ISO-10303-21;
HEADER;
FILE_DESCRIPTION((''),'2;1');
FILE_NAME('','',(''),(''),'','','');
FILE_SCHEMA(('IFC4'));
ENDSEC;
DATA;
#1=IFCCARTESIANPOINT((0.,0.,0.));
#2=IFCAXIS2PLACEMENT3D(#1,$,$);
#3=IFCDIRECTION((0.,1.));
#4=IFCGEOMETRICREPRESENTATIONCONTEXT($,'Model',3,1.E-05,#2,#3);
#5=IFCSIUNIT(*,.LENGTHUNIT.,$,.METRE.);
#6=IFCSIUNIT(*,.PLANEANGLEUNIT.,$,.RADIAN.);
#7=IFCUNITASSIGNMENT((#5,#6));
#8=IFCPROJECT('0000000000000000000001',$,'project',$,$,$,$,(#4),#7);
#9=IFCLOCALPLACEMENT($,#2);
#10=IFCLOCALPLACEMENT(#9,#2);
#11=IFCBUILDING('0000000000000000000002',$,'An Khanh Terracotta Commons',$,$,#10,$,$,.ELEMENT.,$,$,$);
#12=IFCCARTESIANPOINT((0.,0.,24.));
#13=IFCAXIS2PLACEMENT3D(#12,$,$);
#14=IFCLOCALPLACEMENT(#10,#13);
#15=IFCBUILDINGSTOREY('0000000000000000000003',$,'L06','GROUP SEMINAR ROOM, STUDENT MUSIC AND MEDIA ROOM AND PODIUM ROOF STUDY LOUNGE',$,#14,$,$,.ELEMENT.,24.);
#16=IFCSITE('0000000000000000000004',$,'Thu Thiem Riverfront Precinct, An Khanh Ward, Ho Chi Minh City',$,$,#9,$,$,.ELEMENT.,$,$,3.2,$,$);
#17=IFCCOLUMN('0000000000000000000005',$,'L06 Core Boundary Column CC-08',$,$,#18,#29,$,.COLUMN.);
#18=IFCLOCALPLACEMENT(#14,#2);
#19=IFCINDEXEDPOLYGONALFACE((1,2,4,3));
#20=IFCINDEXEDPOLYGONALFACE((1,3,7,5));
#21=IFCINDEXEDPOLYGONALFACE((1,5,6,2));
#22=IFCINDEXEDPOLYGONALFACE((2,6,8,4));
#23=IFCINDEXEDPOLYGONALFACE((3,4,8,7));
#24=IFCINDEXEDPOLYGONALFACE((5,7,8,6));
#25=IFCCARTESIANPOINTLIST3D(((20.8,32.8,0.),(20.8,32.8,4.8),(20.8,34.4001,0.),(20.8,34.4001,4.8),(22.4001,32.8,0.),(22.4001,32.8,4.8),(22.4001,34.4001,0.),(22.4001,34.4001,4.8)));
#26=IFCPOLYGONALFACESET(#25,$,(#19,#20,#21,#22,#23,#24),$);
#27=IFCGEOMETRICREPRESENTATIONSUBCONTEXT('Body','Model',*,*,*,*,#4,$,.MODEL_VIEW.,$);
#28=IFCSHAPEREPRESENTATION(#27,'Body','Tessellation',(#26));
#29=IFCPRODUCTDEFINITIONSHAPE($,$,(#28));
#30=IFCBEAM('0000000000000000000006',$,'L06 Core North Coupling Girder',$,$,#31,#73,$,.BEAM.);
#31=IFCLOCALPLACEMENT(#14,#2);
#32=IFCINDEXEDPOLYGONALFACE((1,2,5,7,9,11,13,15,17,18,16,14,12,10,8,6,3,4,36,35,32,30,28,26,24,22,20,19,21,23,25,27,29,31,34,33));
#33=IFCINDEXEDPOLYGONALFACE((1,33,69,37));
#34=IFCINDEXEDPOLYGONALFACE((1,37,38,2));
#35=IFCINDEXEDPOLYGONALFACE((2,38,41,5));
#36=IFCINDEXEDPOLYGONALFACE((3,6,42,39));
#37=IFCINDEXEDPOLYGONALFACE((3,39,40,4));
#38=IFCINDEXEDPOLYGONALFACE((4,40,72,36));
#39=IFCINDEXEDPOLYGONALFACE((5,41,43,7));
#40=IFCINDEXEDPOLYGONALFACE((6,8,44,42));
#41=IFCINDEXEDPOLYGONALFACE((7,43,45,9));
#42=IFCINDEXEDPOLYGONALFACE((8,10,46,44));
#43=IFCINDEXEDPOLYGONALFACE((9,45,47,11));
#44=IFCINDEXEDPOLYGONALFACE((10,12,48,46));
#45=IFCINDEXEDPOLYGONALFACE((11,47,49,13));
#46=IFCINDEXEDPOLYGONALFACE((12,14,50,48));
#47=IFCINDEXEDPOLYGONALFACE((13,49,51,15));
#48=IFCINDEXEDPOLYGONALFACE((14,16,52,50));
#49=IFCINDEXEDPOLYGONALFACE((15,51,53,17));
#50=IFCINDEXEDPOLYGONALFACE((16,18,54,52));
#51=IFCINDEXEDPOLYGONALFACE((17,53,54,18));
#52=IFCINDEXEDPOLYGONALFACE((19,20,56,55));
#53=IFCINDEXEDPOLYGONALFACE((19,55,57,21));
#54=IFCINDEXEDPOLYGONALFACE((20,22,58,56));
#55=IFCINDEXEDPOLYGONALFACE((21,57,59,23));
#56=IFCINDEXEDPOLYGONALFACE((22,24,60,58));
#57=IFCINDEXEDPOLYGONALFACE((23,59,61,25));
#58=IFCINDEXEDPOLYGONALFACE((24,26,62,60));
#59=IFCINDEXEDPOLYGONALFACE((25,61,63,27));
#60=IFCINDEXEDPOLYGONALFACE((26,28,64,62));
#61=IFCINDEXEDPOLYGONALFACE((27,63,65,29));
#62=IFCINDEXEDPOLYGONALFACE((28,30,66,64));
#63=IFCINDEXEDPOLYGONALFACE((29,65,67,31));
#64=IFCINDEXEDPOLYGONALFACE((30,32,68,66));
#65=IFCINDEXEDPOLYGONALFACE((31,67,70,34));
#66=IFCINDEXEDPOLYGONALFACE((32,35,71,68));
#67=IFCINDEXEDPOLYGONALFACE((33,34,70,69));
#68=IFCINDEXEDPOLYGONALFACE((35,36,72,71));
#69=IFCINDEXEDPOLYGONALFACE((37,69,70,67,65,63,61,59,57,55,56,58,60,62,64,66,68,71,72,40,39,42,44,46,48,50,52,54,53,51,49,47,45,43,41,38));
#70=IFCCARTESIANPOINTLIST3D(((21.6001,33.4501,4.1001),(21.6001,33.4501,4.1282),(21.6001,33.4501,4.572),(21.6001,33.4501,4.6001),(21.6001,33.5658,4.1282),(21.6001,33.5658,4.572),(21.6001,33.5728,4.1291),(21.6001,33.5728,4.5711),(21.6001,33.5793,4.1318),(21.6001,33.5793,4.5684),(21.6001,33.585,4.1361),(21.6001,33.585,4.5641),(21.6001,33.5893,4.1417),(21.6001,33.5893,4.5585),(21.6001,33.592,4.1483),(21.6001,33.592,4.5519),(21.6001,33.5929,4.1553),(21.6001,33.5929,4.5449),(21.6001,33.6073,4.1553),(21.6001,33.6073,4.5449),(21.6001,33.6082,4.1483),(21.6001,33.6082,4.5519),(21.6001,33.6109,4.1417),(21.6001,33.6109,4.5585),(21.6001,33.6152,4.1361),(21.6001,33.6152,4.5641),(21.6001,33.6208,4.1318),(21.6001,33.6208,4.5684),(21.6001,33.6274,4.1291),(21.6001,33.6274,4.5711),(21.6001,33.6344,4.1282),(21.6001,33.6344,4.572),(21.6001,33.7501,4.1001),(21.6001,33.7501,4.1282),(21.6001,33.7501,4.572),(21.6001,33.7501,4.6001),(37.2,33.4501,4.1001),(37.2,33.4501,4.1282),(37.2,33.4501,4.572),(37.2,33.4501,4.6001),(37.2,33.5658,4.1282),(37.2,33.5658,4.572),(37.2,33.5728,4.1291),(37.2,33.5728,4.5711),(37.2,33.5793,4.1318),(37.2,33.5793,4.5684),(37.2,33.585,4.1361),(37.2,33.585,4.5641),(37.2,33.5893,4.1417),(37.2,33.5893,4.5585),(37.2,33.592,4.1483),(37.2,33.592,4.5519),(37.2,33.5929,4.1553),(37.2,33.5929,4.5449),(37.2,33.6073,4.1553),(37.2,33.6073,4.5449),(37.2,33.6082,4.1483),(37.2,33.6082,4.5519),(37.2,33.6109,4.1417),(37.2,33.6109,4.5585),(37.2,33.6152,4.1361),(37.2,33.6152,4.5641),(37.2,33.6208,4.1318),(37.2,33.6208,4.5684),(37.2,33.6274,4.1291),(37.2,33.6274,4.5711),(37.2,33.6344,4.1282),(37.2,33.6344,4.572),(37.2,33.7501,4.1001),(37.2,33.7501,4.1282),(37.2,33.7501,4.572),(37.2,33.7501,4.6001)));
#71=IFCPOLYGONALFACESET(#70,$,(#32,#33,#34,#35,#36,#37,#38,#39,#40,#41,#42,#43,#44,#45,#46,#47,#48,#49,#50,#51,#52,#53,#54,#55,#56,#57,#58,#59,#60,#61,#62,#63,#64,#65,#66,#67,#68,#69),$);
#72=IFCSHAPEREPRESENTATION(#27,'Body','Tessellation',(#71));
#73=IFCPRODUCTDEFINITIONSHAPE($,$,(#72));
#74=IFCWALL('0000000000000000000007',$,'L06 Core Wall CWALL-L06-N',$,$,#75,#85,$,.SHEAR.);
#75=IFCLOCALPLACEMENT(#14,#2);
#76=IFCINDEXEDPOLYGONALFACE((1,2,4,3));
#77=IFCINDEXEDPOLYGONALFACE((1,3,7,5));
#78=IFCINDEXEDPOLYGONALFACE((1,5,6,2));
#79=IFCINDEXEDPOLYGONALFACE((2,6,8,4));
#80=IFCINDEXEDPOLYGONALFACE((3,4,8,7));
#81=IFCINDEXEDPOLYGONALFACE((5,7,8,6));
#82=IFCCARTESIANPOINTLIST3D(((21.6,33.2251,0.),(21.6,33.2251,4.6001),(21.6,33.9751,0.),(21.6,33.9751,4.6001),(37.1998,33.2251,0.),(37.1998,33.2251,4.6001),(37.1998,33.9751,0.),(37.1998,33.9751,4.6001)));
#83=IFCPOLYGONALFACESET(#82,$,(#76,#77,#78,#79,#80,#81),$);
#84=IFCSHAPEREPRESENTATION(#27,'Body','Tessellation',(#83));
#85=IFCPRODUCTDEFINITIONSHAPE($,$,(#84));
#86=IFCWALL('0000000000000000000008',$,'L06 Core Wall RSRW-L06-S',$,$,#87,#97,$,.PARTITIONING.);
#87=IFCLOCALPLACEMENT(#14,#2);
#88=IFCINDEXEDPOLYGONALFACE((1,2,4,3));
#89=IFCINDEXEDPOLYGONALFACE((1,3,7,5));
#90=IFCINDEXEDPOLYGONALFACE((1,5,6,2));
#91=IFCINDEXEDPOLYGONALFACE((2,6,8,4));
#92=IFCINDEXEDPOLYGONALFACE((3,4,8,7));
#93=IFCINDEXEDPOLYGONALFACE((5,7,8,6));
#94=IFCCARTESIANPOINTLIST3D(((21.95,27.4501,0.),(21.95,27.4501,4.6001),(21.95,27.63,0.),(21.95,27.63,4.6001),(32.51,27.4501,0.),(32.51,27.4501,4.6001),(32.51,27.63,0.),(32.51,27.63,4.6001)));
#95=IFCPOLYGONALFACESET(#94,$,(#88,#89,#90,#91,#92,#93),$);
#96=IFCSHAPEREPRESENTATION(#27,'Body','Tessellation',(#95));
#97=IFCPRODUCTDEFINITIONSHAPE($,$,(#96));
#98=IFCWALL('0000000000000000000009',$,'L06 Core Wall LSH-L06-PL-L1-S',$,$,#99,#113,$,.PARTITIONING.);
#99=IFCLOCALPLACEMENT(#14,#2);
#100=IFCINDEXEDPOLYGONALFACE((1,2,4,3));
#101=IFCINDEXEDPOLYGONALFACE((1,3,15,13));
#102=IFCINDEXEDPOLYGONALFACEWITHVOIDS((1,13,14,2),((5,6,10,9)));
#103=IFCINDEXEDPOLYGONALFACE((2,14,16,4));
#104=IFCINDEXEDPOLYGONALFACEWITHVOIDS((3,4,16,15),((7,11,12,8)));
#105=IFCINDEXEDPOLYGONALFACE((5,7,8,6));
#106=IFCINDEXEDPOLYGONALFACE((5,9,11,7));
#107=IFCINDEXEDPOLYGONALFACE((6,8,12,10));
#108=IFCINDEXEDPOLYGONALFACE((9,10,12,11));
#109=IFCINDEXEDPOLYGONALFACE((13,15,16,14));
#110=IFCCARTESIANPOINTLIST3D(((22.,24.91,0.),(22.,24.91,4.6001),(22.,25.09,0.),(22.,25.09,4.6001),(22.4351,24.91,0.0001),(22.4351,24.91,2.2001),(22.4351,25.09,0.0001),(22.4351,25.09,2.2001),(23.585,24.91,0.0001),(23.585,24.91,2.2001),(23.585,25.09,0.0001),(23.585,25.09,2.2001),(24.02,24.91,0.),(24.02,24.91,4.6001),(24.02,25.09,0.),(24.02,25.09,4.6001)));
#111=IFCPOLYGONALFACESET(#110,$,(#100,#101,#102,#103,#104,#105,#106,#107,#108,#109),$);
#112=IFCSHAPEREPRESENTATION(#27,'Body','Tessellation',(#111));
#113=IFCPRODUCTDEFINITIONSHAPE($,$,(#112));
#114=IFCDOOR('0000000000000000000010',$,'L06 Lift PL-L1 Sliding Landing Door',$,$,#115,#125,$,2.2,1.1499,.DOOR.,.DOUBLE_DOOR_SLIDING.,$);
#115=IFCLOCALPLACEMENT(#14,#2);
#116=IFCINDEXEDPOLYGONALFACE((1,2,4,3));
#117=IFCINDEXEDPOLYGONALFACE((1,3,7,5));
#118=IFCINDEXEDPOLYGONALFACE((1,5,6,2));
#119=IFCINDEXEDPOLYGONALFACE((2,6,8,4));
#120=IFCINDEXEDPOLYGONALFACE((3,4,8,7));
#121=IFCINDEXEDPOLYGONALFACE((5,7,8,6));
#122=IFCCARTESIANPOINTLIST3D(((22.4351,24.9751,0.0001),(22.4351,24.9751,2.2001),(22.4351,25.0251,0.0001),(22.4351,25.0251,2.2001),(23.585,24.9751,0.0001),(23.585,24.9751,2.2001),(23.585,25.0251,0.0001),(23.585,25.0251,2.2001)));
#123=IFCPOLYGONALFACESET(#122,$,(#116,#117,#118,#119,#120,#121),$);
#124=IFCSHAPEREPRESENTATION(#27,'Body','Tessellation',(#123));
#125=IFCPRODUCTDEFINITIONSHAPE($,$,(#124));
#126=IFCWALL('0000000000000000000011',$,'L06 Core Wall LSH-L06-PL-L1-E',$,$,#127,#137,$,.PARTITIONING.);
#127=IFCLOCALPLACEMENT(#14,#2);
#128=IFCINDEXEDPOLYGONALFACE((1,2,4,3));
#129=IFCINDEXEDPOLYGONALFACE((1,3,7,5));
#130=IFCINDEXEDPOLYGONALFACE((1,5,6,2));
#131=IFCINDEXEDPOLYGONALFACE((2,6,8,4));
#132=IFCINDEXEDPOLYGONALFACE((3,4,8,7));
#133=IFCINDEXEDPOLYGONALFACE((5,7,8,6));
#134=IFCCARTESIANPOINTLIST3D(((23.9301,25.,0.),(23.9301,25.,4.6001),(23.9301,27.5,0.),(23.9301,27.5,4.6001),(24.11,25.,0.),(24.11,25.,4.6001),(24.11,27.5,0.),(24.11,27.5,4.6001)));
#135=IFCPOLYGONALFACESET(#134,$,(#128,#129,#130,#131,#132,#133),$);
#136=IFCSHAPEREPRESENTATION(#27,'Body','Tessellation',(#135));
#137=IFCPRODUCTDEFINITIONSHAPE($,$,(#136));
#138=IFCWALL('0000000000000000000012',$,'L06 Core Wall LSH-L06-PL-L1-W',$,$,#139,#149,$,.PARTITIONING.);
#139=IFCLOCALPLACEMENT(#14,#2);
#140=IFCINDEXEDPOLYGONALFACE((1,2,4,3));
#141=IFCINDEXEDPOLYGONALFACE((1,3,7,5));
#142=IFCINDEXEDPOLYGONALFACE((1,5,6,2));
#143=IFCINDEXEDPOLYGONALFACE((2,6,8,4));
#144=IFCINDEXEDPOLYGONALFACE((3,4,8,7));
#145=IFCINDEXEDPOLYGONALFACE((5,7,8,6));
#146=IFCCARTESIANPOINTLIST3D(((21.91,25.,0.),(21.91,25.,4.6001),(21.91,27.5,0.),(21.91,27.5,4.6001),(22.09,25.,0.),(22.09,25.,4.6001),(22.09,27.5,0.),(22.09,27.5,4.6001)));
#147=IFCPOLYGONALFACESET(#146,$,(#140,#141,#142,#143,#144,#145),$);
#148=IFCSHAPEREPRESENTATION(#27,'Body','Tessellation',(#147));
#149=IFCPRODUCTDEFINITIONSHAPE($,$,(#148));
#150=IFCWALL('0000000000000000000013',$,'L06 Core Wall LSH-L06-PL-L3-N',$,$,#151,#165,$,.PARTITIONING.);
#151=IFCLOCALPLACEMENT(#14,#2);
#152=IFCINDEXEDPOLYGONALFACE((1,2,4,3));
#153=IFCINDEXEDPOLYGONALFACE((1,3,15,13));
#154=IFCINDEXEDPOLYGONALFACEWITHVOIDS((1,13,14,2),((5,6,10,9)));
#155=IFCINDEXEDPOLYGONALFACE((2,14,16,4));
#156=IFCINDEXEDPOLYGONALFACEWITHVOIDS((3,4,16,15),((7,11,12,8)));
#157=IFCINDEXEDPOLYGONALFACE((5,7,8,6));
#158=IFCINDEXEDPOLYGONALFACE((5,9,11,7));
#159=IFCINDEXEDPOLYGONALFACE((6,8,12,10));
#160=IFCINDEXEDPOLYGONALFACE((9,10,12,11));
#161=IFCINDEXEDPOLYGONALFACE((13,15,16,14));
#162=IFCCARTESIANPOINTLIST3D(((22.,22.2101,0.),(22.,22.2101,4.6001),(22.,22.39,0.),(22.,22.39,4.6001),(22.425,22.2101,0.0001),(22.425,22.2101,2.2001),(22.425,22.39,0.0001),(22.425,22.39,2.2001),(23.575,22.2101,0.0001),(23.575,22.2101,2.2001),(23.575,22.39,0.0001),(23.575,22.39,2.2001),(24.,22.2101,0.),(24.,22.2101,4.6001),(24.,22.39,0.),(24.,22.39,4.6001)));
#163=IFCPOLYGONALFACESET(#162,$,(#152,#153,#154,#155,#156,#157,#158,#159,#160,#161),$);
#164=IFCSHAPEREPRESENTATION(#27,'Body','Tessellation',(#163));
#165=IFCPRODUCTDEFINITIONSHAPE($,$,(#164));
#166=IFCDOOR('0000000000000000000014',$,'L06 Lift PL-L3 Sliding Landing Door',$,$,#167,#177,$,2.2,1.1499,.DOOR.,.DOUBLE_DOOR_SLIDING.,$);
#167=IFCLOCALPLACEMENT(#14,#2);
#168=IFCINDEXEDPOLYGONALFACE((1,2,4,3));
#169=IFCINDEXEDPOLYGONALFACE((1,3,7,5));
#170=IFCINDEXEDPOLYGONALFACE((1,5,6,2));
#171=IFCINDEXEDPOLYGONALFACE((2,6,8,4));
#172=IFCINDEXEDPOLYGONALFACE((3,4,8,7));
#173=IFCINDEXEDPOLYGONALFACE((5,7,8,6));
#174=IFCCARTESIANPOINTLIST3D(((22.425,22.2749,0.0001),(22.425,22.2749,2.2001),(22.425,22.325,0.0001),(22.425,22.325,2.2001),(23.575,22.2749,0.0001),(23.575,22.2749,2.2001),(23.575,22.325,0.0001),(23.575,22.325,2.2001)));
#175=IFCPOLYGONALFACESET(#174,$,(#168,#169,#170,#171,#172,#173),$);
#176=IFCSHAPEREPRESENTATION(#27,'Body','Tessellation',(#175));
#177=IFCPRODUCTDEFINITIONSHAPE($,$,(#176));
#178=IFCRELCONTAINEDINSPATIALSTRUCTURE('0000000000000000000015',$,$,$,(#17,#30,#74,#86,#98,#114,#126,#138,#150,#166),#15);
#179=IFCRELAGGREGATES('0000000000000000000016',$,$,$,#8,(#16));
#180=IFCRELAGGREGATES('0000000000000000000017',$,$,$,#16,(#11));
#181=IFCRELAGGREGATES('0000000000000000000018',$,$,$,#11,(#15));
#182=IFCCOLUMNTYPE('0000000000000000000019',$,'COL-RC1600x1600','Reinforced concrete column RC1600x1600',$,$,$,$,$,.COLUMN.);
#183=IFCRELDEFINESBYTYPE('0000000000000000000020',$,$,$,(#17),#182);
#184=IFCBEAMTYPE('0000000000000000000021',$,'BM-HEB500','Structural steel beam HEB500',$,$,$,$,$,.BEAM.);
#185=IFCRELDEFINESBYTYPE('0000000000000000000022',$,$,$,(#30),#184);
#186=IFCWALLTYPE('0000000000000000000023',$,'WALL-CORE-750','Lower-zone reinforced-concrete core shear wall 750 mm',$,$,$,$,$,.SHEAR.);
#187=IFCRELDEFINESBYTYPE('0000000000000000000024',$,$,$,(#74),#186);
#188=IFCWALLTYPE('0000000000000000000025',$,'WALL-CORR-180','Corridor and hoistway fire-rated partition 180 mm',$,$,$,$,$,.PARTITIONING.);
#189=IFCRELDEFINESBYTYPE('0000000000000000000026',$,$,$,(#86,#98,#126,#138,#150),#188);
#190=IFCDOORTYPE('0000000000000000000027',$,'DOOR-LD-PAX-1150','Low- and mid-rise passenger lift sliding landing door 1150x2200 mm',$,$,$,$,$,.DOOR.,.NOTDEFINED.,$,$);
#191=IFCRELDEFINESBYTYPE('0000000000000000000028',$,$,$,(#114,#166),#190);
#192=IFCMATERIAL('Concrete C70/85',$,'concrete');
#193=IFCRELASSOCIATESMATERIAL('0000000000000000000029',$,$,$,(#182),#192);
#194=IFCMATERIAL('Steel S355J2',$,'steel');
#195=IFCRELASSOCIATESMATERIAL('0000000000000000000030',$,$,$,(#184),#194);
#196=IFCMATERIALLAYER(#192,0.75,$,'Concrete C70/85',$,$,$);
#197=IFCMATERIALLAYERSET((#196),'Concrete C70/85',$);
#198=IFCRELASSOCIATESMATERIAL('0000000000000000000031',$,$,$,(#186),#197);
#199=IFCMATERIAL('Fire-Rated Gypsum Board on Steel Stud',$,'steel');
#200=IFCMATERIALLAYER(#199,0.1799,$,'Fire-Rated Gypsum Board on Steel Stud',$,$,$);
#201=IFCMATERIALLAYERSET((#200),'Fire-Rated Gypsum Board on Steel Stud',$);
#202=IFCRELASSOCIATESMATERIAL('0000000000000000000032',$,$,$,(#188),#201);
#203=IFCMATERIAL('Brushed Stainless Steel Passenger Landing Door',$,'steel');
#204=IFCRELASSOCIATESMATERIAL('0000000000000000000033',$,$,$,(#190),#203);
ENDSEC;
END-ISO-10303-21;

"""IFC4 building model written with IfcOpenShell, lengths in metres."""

from ifc_helpers import new_model, si_unit, direction, frame, frame_2d, origin, origin_2d, place, context, subcontext, project, spatial, rectangle, i_section, extrude, material, layer, layer_set, material_profile, profile_set, type_object, element, fill, save


model = new_model("IFC4")

# Units and contexts
model_context = context("Model", 3, precision=1e-05, world=origin(), true_north=direction((0.0, 1.0)))
body_context = subcontext(model_context, "Body", "Model", "MODEL_VIEW")
ifc_project = project(units=[si_unit("LENGTHUNIT", "METRE"), si_unit("PLANEANGLEUNIT", "RADIAN")], contexts=[model_context])

# Site, building, storey
site_placement = place(None, origin())
site = spatial("IfcSite", under=ifc_project, at=site_placement, Name="Thu Thiem Riverfront Precinct, An Khanh Ward, Ho Chi Minh City", CompositionType="ELEMENT", RefElevation=3.2)
building_placement = place(site_placement, origin())
building = spatial("IfcBuilding", under=site, at=building_placement, Name="An Khanh Terracotta Commons", CompositionType="ELEMENT")
storey_placement = place(building_placement, frame((0.0, 0.0, 24.0)))
storey = spatial("IfcBuildingStorey", under=building, at=storey_placement, Name="L06", Description="GROUP SEMINAR ROOM, STUDENT MUSIC AND MEDIA ROOM AND PODIUM ROOF STUDY LOUNGE", CompositionType="ELEMENT", Elevation=24.0)

# Column
ifc_material_1 = material(Name="Concrete C70/85", Category="concrete")
ifc_material_profile_1 = material_profile(ifc_material_1, rectangle(XDim=1.6001, YDim=1.6001, at=origin_2d()), Name="RC1600x1600")
ifc_profile_set_1 = profile_set([ifc_material_profile_1], Name="Concrete C70/85")
column_type = type_object("IfcColumnType", Name="COL-RC1600x1600", Description="Reinforced concrete column RC1600x1600", PredefinedType="COLUMN", material=ifc_profile_set_1)
column_placement = place(storey_placement, frame((21.6001, 33.6001, 0.0), z_axis=(0.0, 0.0, 1.0), x_axis=(1.0, 0.0, 0.0)))
element("IfcColumn", 1, at=column_placement, inside=storey, type_object=column_type, Name="L06 Core Boundary Column CC-08", PredefinedType="COLUMN", context=body_context, shape_type="SweptSolid", body=[
    extrude(rectangle(XDim=1.6001, YDim=1.6001, at=origin_2d()), origin(), (0.0, 0.0, 1.0), 4.8),
])

# Beam
ifc_material_2 = material(Name="Steel S355J2", Category="steel")
ifc_material_profile_2 = material_profile(ifc_material_2, i_section(OverallWidth=0.3, OverallDepth=0.5, WebThickness=0.0144, FlangeThickness=0.0281, FilletRadius=0.0271, at=origin_2d()), Name="HEB500")
ifc_profile_set_2 = profile_set([ifc_material_profile_2], Name="Steel S355J2")
beam_type = type_object("IfcBeamType", Name="BM-HEB500", Description="Structural steel beam HEB500", PredefinedType="BEAM", material=ifc_profile_set_2)
beam_placement = place(storey_placement, frame((21.6001, 33.6001, 4.3501), z_axis=(1.0, 0.0, 0.0), x_axis=(0.0, 1.0, 0.0)))
element("IfcBeam", 2, at=beam_placement, inside=storey, type_object=beam_type, Name="L06 Core North Coupling Girder", PredefinedType="BEAM", context=body_context, shape_type="SweptSolid", body=[
    extrude(i_section(OverallWidth=0.3, OverallDepth=0.5, WebThickness=0.0144, FlangeThickness=0.0281, FilletRadius=0.0271, at=origin_2d()), origin(), (0.0, 0.0, 1.0), 15.5999),
])

# Walls
ifc_layer_1 = layer(ifc_material_1, 0.75, Name="Concrete C70/85")
ifc_layer_set_1 = layer_set([ifc_layer_1], Name="Concrete C70/85")
wall_type_1 = type_object("IfcWallType", Name="WALL-CORE-750", Description="Lower-zone reinforced-concrete core shear wall 750 mm", PredefinedType="SHEAR", material=ifc_layer_set_1)
wall_1_placement = place(storey_placement, frame((21.6001, 33.6001, 0.0), z_axis=(0.0, 0.0, 1.0), x_axis=(1.0, 0.0, 0.0)))
element("IfcWall", 3, at=wall_1_placement, inside=storey, type_object=wall_type_1, Name="L06 Core Wall CWALL-L06-N", PredefinedType="SHEAR", context=body_context, shape_type="SweptSolid", body=[
    extrude(rectangle(XDim=15.5999, YDim=0.75, at=frame_2d((7.7998, 0.0))), origin(), (0.0, 0.0, 1.0), 4.6001),
])
ifc_material_3 = material(Name="Fire-Rated Gypsum Board on Steel Stud", Category="steel")
ifc_layer_2 = layer(ifc_material_3, 0.1799, Name="Fire-Rated Gypsum Board on Steel Stud")
ifc_layer_set_2 = layer_set([ifc_layer_2], Name="Fire-Rated Gypsum Board on Steel Stud")
wall_type_2 = type_object("IfcWallType", Name="WALL-CORR-180", Description="Corridor and hoistway fire-rated partition 180 mm", PredefinedType="PARTITIONING", material=ifc_layer_set_2)
wall_2_placement = place(storey_placement, frame((21.95, 27.54, 0.0), z_axis=(0.0, 0.0, 1.0), x_axis=(1.0, 0.0, 0.0)))
element("IfcWall", 4, at=wall_2_placement, inside=storey, type_object=wall_type_2, Name="L06 Core Wall RSRW-L06-S", PredefinedType="PARTITIONING", context=body_context, shape_type="SweptSolid", body=[
    extrude(rectangle(XDim=10.5601, YDim=0.1799, at=frame_2d((5.28, 0.0))), origin(), (0.0, 0.0, 1.0), 4.6001),
])

# Wall, opening, door
wall_3_placement = place(storey_placement, frame((24.02, 25.0, 0.0), z_axis=(0.0, 0.0, 1.0), x_axis=(-1.0, 0.0, 0.0)))
wall_3 = element("IfcWall", 5, at=wall_3_placement, inside=storey, type_object=wall_type_2, Name="L06 Core Wall LSH-L06-PL-L1-S", PredefinedType="PARTITIONING", context=body_context, shape_type="SweptSolid", body=[
    extrude(rectangle(XDim=2.02, YDim=0.1799, at=frame_2d((1.01, 0.0))), origin(), (0.0, 0.0, 1.0), 4.6001),
])
opening_1_placement = place(wall_3_placement, frame((0.4351, 0.0, 0.0)))
opening_1 = element("IfcOpeningElement", 6, at=opening_1_placement, cuts=wall_3, PredefinedType="OPENING", context=body_context, shape_type="SweptSolid", body=[
    extrude(rectangle(XDim=1.1499, YDim=2.2, at=frame_2d((0.575, 1.1001))), frame((0.0, 0.0999, 0.0), z_axis=(0.0, -1.0, 0.0), x_axis=(1.0, 0.0, 0.0)), (0.0, 0.0, 1.0), 0.2),
])
ifc_material_4 = material(Name="Brushed Stainless Steel Passenger Landing Door", Category="steel")
door_type = type_object("IfcDoorType", Name="DOOR-LD-PAX-1150", Description="Low- and mid-rise passenger lift sliding landing door 1150x2200 mm", OperationType="NOTDEFINED", PredefinedType="DOOR", material=ifc_material_4)
door_1_placement = place(opening_1_placement, origin())
door_1 = element("IfcDoor", 7, at=door_1_placement, inside=storey, type_object=door_type, Name="L06 Lift PL-L1 Sliding Landing Door", OperationType="DOUBLE_DOOR_SLIDING", OverallHeight=2.2, OverallWidth=1.1499, PredefinedType="DOOR", context=body_context, shape_type="SweptSolid", body=[
    extrude(rectangle(XDim=1.1499, YDim=2.2, at=frame_2d((0.575, 1.1001))), frame((0.0, 0.0249, 0.0), z_axis=(0.0, -1.0, 0.0), x_axis=(1.0, 0.0, 0.0)), (0.0, 0.0, 1.0), 0.05),
])
fill(opening_1, door_1)

# Walls
for number, where, z_axis, x_axis, name in (
    (8, (24.02, 25.0, 0.0), (0.0, 0.0, 1.0), (0.0, 1.0, 0.0), "L06 Core Wall LSH-L06-PL-L1-E"),
    (9, (22.0, 27.5, 0.0), (0.0, 0.0, 1.0), (0.0, -1.0, 0.0), "L06 Core Wall LSH-L06-PL-L1-W"),
):
    element("IfcWall", number, at=place(storey_placement, frame(where, z_axis=z_axis, x_axis=x_axis)), inside=storey, type_object=wall_type_2, Name=name, PredefinedType="PARTITIONING", context=body_context, shape_type="SweptSolid", body=[
        extrude(rectangle(XDim=2.5, YDim=0.1799, at=frame_2d((1.25, 0.0))), origin(), (0.0, 0.0, 1.0), 4.6001),
    ])

# Wall, opening, door
wall_4_placement = place(storey_placement, frame((22.0, 22.3, 0.0), z_axis=(0.0, 0.0, 1.0), x_axis=(1.0, 0.0, 0.0)))
wall_4 = element("IfcWall", 10, at=wall_4_placement, inside=storey, type_object=wall_type_2, Name="L06 Core Wall LSH-L06-PL-L3-N", PredefinedType="PARTITIONING", context=body_context, shape_type="SweptSolid", body=[
    extrude(rectangle(XDim=2.0, YDim=0.1799, at=frame_2d((1.0, 0.0))), origin(), (0.0, 0.0, 1.0), 4.6001),
])
opening_2_placement = place(wall_4_placement, frame((0.425, 0.0, 0.0)))
opening_2 = element("IfcOpeningElement", 11, at=opening_2_placement, cuts=wall_4, PredefinedType="OPENING", context=body_context, shape_type="SweptSolid", body=[
    extrude(rectangle(XDim=1.1499, YDim=2.2, at=frame_2d((0.575, 1.1001))), frame((0.0, 0.0999, 0.0), z_axis=(0.0, -1.0, 0.0), x_axis=(1.0, 0.0, 0.0)), (0.0, 0.0, 1.0), 0.2),
])
door_2_placement = place(opening_2_placement, origin())
door_2 = element("IfcDoor", 12, at=door_2_placement, inside=storey, type_object=door_type, Name="L06 Lift PL-L3 Sliding Landing Door", OperationType="DOUBLE_DOOR_SLIDING", OverallHeight=2.2, OverallWidth=1.1499, PredefinedType="DOOR", context=body_context, shape_type="SweptSolid", body=[
    extrude(rectangle(XDim=1.1499, YDim=2.2, at=frame_2d((0.575, 1.1001))), frame((0.0, 0.0249, 0.0), z_axis=(0.0, -1.0, 0.0), x_axis=(1.0, 0.0, 0.0)), (0.0, 0.0, 1.0), 0.05),
])
fill(opening_2, door_2)

save(model, "model.ifc")
